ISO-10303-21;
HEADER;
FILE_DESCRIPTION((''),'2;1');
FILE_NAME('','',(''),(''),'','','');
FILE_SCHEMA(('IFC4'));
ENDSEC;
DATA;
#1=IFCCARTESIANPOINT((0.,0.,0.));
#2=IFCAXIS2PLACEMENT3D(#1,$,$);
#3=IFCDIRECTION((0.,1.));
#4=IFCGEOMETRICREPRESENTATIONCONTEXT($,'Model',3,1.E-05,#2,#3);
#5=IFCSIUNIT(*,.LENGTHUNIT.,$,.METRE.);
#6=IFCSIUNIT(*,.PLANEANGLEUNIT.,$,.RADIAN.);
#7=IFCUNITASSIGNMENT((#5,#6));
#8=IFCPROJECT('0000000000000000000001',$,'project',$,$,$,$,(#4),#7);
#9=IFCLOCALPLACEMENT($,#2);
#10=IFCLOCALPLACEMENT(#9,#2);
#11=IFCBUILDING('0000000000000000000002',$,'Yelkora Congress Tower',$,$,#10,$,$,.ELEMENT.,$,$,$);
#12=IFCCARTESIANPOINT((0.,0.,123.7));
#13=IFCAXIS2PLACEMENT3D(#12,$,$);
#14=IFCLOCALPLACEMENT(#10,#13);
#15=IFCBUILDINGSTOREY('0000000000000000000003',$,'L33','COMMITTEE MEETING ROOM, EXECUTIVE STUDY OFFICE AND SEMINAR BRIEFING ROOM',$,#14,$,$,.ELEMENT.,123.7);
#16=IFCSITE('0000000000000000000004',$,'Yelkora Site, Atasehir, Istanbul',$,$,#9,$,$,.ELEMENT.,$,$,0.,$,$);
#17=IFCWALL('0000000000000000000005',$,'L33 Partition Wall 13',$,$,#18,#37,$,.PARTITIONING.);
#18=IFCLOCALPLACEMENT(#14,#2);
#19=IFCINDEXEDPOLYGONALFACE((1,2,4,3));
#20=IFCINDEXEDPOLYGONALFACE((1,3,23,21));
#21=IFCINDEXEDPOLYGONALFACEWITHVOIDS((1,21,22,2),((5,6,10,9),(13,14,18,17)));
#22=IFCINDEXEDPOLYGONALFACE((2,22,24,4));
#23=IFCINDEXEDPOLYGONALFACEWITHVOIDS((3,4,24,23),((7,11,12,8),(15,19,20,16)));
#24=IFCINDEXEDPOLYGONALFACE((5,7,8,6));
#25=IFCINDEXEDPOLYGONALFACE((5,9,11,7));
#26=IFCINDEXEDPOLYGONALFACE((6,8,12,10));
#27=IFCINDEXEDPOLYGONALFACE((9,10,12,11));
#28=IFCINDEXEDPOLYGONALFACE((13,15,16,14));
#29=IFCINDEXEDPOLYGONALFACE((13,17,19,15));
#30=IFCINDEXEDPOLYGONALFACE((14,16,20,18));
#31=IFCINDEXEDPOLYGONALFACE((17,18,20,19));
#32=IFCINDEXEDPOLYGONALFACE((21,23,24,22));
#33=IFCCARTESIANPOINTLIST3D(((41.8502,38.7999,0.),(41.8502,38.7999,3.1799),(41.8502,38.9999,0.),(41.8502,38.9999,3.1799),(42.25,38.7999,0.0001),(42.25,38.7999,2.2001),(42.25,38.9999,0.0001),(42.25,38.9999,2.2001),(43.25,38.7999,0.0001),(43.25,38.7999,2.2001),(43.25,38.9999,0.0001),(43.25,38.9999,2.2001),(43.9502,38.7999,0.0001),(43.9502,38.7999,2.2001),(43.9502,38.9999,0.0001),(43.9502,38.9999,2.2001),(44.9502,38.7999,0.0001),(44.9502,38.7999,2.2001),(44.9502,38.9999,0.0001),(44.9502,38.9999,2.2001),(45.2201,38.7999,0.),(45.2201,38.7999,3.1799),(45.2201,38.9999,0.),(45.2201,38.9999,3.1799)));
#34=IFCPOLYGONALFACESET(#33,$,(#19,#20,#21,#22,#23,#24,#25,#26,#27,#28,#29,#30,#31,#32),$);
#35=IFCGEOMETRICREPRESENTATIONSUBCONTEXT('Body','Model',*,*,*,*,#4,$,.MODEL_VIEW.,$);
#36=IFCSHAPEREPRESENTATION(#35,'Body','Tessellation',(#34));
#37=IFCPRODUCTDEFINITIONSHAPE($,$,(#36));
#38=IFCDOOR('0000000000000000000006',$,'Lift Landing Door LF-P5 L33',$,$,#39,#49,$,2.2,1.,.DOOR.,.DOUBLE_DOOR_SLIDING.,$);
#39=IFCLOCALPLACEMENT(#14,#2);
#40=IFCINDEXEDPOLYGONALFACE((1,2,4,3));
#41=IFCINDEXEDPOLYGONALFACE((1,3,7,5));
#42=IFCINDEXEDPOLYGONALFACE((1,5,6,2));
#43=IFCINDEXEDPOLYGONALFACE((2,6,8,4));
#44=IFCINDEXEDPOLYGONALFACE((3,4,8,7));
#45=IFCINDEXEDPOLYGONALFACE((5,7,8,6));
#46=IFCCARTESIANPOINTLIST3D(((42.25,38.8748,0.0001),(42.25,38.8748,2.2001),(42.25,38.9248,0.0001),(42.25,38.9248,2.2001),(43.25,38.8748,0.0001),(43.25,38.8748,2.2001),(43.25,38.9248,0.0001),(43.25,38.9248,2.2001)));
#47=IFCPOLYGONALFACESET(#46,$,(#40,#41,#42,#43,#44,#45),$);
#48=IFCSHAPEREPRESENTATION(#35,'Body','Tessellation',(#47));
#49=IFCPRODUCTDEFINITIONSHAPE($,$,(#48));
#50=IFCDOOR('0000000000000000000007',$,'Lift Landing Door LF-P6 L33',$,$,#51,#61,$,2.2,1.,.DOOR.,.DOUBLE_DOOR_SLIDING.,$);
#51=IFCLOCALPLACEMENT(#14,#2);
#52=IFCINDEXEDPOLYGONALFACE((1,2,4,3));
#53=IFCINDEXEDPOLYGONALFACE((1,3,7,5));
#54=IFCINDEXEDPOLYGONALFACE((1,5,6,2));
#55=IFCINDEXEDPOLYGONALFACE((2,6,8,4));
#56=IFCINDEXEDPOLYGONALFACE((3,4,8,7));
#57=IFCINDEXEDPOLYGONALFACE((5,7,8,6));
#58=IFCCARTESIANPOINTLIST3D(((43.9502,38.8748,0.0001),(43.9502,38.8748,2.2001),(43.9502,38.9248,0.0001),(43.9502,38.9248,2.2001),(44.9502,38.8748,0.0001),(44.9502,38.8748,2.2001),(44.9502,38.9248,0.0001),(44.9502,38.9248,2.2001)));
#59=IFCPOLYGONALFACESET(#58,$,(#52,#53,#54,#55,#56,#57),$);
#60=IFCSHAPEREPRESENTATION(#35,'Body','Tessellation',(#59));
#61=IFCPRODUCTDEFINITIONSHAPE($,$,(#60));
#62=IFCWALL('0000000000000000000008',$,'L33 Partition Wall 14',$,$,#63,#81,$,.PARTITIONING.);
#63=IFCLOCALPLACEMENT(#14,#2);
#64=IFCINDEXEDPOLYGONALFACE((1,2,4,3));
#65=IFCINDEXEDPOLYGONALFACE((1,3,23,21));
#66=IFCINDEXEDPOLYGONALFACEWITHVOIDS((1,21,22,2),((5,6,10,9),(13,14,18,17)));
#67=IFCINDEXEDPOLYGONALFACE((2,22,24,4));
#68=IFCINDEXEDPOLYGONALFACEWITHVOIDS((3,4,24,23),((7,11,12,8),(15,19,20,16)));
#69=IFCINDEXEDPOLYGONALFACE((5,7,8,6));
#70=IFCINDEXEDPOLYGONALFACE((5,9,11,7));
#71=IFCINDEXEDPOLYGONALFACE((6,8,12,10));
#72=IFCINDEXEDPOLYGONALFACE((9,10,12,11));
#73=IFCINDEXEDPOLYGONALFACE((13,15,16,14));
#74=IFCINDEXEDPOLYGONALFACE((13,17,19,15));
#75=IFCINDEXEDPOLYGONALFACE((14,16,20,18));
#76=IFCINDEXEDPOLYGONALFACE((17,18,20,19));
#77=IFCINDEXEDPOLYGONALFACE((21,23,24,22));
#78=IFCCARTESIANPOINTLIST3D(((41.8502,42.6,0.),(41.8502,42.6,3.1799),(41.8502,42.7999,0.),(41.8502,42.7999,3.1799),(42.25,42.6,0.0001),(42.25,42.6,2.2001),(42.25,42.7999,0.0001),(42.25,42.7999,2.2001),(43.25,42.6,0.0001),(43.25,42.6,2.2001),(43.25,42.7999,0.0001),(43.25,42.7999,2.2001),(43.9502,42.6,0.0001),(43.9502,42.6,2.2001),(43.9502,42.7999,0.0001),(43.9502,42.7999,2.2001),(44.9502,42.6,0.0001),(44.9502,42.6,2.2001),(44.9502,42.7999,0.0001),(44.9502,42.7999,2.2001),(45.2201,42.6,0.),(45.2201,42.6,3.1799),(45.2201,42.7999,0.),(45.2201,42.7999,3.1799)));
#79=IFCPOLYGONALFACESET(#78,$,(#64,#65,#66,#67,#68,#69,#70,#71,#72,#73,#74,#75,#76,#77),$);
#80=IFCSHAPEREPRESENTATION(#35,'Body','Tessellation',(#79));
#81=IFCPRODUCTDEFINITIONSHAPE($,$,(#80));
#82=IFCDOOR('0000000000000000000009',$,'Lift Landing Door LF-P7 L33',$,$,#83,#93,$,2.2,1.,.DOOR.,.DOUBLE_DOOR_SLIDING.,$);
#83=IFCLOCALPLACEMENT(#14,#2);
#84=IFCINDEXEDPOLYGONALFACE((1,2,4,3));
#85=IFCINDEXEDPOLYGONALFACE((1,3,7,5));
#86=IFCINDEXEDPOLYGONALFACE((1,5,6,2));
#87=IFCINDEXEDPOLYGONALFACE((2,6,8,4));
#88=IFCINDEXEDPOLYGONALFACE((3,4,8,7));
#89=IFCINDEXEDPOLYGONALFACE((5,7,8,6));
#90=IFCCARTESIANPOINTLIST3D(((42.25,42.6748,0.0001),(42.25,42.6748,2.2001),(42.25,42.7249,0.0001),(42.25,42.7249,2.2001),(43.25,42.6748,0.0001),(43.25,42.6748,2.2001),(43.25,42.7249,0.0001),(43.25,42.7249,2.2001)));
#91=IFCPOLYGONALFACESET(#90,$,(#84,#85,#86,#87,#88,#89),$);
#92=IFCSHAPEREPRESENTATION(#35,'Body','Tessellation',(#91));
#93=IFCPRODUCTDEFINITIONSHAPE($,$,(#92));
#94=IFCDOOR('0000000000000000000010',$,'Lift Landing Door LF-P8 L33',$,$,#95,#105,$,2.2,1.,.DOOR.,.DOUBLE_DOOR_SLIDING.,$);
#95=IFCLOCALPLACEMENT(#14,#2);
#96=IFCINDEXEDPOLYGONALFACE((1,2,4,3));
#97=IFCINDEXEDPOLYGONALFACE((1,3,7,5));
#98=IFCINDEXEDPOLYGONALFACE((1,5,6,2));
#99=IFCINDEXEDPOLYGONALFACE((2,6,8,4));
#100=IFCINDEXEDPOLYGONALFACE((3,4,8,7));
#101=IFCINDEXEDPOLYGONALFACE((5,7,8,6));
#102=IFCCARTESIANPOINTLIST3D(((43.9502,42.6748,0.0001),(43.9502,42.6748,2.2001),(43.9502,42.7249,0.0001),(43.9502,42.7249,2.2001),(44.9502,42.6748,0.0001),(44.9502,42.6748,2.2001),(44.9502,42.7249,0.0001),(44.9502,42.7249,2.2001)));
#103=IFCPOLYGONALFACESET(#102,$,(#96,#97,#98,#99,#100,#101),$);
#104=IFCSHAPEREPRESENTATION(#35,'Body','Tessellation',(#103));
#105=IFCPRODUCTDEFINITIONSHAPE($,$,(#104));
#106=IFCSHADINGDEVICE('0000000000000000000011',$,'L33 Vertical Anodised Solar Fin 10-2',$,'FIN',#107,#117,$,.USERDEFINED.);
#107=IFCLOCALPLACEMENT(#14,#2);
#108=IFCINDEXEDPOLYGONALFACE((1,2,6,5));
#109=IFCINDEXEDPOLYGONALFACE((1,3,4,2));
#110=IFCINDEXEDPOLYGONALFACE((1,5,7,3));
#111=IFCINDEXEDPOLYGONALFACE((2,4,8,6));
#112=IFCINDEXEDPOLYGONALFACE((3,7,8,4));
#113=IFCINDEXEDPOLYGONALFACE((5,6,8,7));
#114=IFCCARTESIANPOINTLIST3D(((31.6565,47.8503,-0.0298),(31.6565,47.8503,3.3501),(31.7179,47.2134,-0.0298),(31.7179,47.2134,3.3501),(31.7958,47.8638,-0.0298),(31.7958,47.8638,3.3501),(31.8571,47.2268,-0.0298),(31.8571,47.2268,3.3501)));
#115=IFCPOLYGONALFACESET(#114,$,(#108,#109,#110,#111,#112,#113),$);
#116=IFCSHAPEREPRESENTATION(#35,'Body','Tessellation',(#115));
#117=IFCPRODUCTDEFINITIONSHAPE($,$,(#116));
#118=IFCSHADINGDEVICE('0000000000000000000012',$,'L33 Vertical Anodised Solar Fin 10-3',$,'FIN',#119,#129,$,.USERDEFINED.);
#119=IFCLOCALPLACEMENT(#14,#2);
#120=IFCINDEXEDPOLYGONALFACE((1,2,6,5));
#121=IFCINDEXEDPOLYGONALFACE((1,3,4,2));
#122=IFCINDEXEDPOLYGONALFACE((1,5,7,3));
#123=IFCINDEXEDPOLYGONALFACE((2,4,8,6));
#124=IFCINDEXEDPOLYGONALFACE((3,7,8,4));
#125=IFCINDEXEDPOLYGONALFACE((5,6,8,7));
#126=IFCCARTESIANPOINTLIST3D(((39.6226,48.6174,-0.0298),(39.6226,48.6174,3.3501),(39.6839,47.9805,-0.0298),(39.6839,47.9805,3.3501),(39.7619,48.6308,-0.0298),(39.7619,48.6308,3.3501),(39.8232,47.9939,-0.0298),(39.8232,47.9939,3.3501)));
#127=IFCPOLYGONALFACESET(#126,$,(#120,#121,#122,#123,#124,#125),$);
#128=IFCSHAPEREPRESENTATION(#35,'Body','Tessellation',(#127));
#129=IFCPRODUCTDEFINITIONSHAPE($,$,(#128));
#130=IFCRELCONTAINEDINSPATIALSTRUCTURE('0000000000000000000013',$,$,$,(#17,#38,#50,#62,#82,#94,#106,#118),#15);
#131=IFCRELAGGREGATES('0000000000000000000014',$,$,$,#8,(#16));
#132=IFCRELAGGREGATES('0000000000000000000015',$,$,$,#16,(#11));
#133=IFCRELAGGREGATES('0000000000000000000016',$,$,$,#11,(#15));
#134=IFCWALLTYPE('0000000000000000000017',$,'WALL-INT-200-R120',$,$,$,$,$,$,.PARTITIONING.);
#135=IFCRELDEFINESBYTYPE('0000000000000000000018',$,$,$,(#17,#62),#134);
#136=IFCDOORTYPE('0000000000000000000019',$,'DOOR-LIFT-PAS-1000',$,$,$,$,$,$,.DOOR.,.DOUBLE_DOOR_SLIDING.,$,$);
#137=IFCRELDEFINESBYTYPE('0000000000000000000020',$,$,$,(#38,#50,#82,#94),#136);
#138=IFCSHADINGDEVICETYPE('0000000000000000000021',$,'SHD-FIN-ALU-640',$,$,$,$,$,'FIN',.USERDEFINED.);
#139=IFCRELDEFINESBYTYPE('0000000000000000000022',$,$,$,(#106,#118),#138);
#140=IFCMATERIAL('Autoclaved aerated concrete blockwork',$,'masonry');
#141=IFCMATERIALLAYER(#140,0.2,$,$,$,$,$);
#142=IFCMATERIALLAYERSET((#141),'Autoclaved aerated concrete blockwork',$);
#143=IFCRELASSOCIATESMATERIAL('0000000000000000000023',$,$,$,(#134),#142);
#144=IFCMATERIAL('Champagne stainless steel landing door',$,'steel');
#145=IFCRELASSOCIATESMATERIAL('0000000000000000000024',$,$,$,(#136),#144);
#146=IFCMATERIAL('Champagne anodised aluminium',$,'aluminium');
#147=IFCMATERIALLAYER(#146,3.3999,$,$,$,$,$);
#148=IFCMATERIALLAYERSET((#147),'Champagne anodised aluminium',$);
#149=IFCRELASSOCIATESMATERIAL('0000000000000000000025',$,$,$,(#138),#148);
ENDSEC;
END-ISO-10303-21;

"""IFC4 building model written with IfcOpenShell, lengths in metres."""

from ifc_helpers import new_model, si_unit, direction, frame, frame_2d, origin, origin_2d, place, context, subcontext, project, spatial, rectangle, extrude, material, layer, layer_set, type_object, element, fill, save


model = new_model("IFC4")

# Units and contexts
model_context = context("Model", 3, precision=1e-05, world=origin(), true_north=direction((0.0, 1.0)))
body_context = subcontext(model_context, "Body", "Model", "MODEL_VIEW")
ifc_project = project(units=[si_unit("LENGTHUNIT", "METRE"), si_unit("PLANEANGLEUNIT", "RADIAN")], contexts=[model_context])

# Site, building, storey
site_placement = place(None, origin())
site = spatial("IfcSite", under=ifc_project, at=site_placement, Name="Yelkora Site, Atasehir, Istanbul", CompositionType="ELEMENT", RefElevation=0.0)
building_placement = place(site_placement, origin())
building = spatial("IfcBuilding", under=site, at=building_placement, Name="Yelkora Congress Tower", CompositionType="ELEMENT")
storey_placement = place(building_placement, frame((0.0, 0.0, 123.7)))
storey = spatial("IfcBuildingStorey", under=building, at=storey_placement, Name="L33", Description="COMMITTEE MEETING ROOM, EXECUTIVE STUDY OFFICE AND SEMINAR BRIEFING ROOM", CompositionType="ELEMENT", Elevation=123.7)

# Shared definitions
ifc_material_1 = material(Name="Autoclaved aerated concrete blockwork", Category="masonry")
ifc_layer_1 = layer(ifc_material_1, 0.2)
ifc_layer_set_1 = layer_set([ifc_layer_1], Name="Autoclaved aerated concrete blockwork")
wall_type_1 = type_object("IfcWallType", Name="WALL-INT-200-R120", PredefinedType="PARTITIONING", material=ifc_layer_set_1)

# Walls, openings, doors
wall_1_placement = place(storey_placement, frame((41.8501, 38.8999, 0.0), z_axis=(0.0, 0.0, 1.0), x_axis=(1.0, 0.0, 0.0)))
wall_1 = element("IfcWall", 1, at=wall_1_placement, inside=storey, type_object=wall_type_1, Name="L33 Partition Wall 13", PredefinedType="PARTITIONING", context=body_context, shape_type="SweptSolid", body=[
    extrude(rectangle(XDim=3.3699, YDim=0.2, at=frame_2d((1.6851, 0.0))), origin(), (0.0, 0.0, 1.0), 3.1799),
])
opening_1_placement = place(wall_1_placement, frame((0.3999, 0.0, 0.0)))
opening_1 = element("IfcOpeningElement", 2, at=opening_1_placement, cuts=wall_1, PredefinedType="OPENING", context=body_context, shape_type="SweptSolid", body=[
    extrude(rectangle(XDim=1.0, YDim=2.2, at=frame_2d((0.5, 1.1001))), frame((0.0, 0.1099, 0.0), z_axis=(0.0, -1.0, 0.0), x_axis=(1.0, 0.0, 0.0)), (0.0, 0.0, 1.0), 0.22),
])
opening_2_placement = place(wall_1_placement, frame((2.1001, 0.0, 0.0)))
opening_2 = element("IfcOpeningElement", 3, at=opening_2_placement, cuts=wall_1, PredefinedType="OPENING", context=body_context, shape_type="SweptSolid", body=[
    extrude(rectangle(XDim=1.0, YDim=2.2, at=frame_2d((0.5, 1.1001))), frame((0.0, 0.1099, 0.0), z_axis=(0.0, -1.0, 0.0), x_axis=(1.0, 0.0, 0.0)), (0.0, 0.0, 1.0), 0.22),
])
ifc_material_2 = material(Name="Champagne stainless steel landing door", Category="steel")
door_type_1 = type_object("IfcDoorType", Name="DOOR-LIFT-PAS-1000", OperationType="DOUBLE_DOOR_SLIDING", PredefinedType="DOOR", material=ifc_material_2)
door_1_placement = place(opening_1_placement, origin())
door_1 = element("IfcDoor", 4, at=door_1_placement, inside=storey, type_object=door_type_1, Name="Lift Landing Door LF-P5 L33", OperationType="DOUBLE_DOOR_SLIDING", OverallHeight=2.2, OverallWidth=1.0, PredefinedType="DOOR", context=body_context, shape_type="SweptSolid", body=[
    extrude(rectangle(XDim=1.0, YDim=2.2, at=frame_2d((0.5, 1.1001))), frame((0.0, 0.0249, 0.0), z_axis=(0.0, -1.0, 0.0), x_axis=(1.0, 0.0, 0.0)), (0.0, 0.0, 1.0), 0.05),
])
fill(opening_1, door_1)
door_2_placement = place(opening_2_placement, origin())
door_2 = element("IfcDoor", 5, at=door_2_placement, inside=storey, type_object=door_type_1, Name="Lift Landing Door LF-P6 L33", OperationType="DOUBLE_DOOR_SLIDING", OverallHeight=2.2, OverallWidth=1.0, PredefinedType="DOOR", context=body_context, shape_type="SweptSolid", body=[
    extrude(rectangle(XDim=1.0, YDim=2.2, at=frame_2d((0.5, 1.1001))), frame((0.0, 0.0249, 0.0), z_axis=(0.0, -1.0, 0.0), x_axis=(1.0, 0.0, 0.0)), (0.0, 0.0, 1.0), 0.05),
])
fill(opening_2, door_2)
wall_2_placement = place(storey_placement, frame((41.8501, 42.7, 0.0), z_axis=(0.0, 0.0, 1.0), x_axis=(1.0, 0.0, 0.0)))
wall_2 = element("IfcWall", 6, at=wall_2_placement, inside=storey, type_object=wall_type_1, Name="L33 Partition Wall 14", PredefinedType="PARTITIONING", context=body_context, shape_type="SweptSolid", body=[
    extrude(rectangle(XDim=3.3699, YDim=0.2, at=frame_2d((1.6851, 0.0))), origin(), (0.0, 0.0, 1.0), 3.1799),
])
opening_3_placement = place(wall_2_placement, frame((0.3999, 0.0, 0.0)))
opening_3 = element("IfcOpeningElement", 7, at=opening_3_placement, cuts=wall_2, PredefinedType="OPENING", context=body_context, shape_type="SweptSolid", body=[
    extrude(rectangle(XDim=1.0, YDim=2.2, at=frame_2d((0.5, 1.1001))), frame((0.0, 0.1099, 0.0), z_axis=(0.0, -1.0, 0.0), x_axis=(1.0, 0.0, 0.0)), (0.0, 0.0, 1.0), 0.22),
])
opening_4_placement = place(wall_2_placement, frame((2.1001, 0.0, 0.0)))
opening_4 = element("IfcOpeningElement", 8, at=opening_4_placement, cuts=wall_2, PredefinedType="OPENING", context=body_context, shape_type="SweptSolid", body=[
    extrude(rectangle(XDim=1.0, YDim=2.2, at=frame_2d((0.5, 1.1001))), frame((0.0, 0.1099, 0.0), z_axis=(0.0, -1.0, 0.0), x_axis=(1.0, 0.0, 0.0)), (0.0, 0.0, 1.0), 0.22),
])
door_3_placement = place(opening_3_placement, origin())
door_3 = element("IfcDoor", 9, at=door_3_placement, inside=storey, type_object=door_type_1, Name="Lift Landing Door LF-P7 L33", OperationType="DOUBLE_DOOR_SLIDING", OverallHeight=2.2, OverallWidth=1.0, PredefinedType="DOOR", context=body_context, shape_type="SweptSolid", body=[
    extrude(rectangle(XDim=1.0, YDim=2.2, at=frame_2d((0.5, 1.1001))), frame((0.0, 0.0249, 0.0), z_axis=(0.0, -1.0, 0.0), x_axis=(1.0, 0.0, 0.0)), (0.0, 0.0, 1.0), 0.05),
])
fill(opening_3, door_3)
door_4_placement = place(opening_4_placement, origin())
door_4 = element("IfcDoor", 10, at=door_4_placement, inside=storey, type_object=door_type_1, Name="Lift Landing Door LF-P8 L33", OperationType="DOUBLE_DOOR_SLIDING", OverallHeight=2.2, OverallWidth=1.0, PredefinedType="DOOR", context=body_context, shape_type="SweptSolid", body=[
    extrude(rectangle(XDim=1.0, YDim=2.2, at=frame_2d((0.5, 1.1001))), frame((0.0, 0.0249, 0.0), z_axis=(0.0, -1.0, 0.0), x_axis=(1.0, 0.0, 0.0)), (0.0, 0.0, 1.0), 0.05),
])
fill(opening_4, door_4)

# Shading devices
ifc_material_3 = material(Name="Champagne anodised aluminium", Category="aluminium")
ifc_layer_2 = layer(ifc_material_3, 3.3999)
ifc_layer_set_2 = layer_set([ifc_layer_2], Name="Champagne anodised aluminium")
shading_device_type = type_object("IfcShadingDeviceType", Name="SHD-FIN-ALU-640", ElementType="FIN", PredefinedType="USERDEFINED", material=ifc_layer_set_2)
for number, where, z_axis, x_axis, name in (
    (11, (31.7568, 47.5386, -0.0298), (0.0, 0.0, 1.0), (0.995396, 0.095846, 0.0), "L33 Vertical Anodised Solar Fin 10-2"),
    (12, (39.7229, 48.3057, -0.0298), (0.0, 0.0, 1.0), (0.995396, 0.095846, 0.0), "L33 Vertical Anodised Solar Fin 10-3"),
):
    element("IfcShadingDevice", number, at=place(storey_placement, frame(where, z_axis=z_axis, x_axis=x_axis)), inside=storey, type_object=shading_device_type, Name=name, ObjectType="FIN", PredefinedType="USERDEFINED", context=body_context, shape_type="SweptSolid", body=[
        extrude(rectangle(XDim=0.1399, YDim=0.6399, at=origin_2d()), origin(), (0.0, 0.0, 1.0), 3.3799),
    ])

save(model, "model.ifc")
